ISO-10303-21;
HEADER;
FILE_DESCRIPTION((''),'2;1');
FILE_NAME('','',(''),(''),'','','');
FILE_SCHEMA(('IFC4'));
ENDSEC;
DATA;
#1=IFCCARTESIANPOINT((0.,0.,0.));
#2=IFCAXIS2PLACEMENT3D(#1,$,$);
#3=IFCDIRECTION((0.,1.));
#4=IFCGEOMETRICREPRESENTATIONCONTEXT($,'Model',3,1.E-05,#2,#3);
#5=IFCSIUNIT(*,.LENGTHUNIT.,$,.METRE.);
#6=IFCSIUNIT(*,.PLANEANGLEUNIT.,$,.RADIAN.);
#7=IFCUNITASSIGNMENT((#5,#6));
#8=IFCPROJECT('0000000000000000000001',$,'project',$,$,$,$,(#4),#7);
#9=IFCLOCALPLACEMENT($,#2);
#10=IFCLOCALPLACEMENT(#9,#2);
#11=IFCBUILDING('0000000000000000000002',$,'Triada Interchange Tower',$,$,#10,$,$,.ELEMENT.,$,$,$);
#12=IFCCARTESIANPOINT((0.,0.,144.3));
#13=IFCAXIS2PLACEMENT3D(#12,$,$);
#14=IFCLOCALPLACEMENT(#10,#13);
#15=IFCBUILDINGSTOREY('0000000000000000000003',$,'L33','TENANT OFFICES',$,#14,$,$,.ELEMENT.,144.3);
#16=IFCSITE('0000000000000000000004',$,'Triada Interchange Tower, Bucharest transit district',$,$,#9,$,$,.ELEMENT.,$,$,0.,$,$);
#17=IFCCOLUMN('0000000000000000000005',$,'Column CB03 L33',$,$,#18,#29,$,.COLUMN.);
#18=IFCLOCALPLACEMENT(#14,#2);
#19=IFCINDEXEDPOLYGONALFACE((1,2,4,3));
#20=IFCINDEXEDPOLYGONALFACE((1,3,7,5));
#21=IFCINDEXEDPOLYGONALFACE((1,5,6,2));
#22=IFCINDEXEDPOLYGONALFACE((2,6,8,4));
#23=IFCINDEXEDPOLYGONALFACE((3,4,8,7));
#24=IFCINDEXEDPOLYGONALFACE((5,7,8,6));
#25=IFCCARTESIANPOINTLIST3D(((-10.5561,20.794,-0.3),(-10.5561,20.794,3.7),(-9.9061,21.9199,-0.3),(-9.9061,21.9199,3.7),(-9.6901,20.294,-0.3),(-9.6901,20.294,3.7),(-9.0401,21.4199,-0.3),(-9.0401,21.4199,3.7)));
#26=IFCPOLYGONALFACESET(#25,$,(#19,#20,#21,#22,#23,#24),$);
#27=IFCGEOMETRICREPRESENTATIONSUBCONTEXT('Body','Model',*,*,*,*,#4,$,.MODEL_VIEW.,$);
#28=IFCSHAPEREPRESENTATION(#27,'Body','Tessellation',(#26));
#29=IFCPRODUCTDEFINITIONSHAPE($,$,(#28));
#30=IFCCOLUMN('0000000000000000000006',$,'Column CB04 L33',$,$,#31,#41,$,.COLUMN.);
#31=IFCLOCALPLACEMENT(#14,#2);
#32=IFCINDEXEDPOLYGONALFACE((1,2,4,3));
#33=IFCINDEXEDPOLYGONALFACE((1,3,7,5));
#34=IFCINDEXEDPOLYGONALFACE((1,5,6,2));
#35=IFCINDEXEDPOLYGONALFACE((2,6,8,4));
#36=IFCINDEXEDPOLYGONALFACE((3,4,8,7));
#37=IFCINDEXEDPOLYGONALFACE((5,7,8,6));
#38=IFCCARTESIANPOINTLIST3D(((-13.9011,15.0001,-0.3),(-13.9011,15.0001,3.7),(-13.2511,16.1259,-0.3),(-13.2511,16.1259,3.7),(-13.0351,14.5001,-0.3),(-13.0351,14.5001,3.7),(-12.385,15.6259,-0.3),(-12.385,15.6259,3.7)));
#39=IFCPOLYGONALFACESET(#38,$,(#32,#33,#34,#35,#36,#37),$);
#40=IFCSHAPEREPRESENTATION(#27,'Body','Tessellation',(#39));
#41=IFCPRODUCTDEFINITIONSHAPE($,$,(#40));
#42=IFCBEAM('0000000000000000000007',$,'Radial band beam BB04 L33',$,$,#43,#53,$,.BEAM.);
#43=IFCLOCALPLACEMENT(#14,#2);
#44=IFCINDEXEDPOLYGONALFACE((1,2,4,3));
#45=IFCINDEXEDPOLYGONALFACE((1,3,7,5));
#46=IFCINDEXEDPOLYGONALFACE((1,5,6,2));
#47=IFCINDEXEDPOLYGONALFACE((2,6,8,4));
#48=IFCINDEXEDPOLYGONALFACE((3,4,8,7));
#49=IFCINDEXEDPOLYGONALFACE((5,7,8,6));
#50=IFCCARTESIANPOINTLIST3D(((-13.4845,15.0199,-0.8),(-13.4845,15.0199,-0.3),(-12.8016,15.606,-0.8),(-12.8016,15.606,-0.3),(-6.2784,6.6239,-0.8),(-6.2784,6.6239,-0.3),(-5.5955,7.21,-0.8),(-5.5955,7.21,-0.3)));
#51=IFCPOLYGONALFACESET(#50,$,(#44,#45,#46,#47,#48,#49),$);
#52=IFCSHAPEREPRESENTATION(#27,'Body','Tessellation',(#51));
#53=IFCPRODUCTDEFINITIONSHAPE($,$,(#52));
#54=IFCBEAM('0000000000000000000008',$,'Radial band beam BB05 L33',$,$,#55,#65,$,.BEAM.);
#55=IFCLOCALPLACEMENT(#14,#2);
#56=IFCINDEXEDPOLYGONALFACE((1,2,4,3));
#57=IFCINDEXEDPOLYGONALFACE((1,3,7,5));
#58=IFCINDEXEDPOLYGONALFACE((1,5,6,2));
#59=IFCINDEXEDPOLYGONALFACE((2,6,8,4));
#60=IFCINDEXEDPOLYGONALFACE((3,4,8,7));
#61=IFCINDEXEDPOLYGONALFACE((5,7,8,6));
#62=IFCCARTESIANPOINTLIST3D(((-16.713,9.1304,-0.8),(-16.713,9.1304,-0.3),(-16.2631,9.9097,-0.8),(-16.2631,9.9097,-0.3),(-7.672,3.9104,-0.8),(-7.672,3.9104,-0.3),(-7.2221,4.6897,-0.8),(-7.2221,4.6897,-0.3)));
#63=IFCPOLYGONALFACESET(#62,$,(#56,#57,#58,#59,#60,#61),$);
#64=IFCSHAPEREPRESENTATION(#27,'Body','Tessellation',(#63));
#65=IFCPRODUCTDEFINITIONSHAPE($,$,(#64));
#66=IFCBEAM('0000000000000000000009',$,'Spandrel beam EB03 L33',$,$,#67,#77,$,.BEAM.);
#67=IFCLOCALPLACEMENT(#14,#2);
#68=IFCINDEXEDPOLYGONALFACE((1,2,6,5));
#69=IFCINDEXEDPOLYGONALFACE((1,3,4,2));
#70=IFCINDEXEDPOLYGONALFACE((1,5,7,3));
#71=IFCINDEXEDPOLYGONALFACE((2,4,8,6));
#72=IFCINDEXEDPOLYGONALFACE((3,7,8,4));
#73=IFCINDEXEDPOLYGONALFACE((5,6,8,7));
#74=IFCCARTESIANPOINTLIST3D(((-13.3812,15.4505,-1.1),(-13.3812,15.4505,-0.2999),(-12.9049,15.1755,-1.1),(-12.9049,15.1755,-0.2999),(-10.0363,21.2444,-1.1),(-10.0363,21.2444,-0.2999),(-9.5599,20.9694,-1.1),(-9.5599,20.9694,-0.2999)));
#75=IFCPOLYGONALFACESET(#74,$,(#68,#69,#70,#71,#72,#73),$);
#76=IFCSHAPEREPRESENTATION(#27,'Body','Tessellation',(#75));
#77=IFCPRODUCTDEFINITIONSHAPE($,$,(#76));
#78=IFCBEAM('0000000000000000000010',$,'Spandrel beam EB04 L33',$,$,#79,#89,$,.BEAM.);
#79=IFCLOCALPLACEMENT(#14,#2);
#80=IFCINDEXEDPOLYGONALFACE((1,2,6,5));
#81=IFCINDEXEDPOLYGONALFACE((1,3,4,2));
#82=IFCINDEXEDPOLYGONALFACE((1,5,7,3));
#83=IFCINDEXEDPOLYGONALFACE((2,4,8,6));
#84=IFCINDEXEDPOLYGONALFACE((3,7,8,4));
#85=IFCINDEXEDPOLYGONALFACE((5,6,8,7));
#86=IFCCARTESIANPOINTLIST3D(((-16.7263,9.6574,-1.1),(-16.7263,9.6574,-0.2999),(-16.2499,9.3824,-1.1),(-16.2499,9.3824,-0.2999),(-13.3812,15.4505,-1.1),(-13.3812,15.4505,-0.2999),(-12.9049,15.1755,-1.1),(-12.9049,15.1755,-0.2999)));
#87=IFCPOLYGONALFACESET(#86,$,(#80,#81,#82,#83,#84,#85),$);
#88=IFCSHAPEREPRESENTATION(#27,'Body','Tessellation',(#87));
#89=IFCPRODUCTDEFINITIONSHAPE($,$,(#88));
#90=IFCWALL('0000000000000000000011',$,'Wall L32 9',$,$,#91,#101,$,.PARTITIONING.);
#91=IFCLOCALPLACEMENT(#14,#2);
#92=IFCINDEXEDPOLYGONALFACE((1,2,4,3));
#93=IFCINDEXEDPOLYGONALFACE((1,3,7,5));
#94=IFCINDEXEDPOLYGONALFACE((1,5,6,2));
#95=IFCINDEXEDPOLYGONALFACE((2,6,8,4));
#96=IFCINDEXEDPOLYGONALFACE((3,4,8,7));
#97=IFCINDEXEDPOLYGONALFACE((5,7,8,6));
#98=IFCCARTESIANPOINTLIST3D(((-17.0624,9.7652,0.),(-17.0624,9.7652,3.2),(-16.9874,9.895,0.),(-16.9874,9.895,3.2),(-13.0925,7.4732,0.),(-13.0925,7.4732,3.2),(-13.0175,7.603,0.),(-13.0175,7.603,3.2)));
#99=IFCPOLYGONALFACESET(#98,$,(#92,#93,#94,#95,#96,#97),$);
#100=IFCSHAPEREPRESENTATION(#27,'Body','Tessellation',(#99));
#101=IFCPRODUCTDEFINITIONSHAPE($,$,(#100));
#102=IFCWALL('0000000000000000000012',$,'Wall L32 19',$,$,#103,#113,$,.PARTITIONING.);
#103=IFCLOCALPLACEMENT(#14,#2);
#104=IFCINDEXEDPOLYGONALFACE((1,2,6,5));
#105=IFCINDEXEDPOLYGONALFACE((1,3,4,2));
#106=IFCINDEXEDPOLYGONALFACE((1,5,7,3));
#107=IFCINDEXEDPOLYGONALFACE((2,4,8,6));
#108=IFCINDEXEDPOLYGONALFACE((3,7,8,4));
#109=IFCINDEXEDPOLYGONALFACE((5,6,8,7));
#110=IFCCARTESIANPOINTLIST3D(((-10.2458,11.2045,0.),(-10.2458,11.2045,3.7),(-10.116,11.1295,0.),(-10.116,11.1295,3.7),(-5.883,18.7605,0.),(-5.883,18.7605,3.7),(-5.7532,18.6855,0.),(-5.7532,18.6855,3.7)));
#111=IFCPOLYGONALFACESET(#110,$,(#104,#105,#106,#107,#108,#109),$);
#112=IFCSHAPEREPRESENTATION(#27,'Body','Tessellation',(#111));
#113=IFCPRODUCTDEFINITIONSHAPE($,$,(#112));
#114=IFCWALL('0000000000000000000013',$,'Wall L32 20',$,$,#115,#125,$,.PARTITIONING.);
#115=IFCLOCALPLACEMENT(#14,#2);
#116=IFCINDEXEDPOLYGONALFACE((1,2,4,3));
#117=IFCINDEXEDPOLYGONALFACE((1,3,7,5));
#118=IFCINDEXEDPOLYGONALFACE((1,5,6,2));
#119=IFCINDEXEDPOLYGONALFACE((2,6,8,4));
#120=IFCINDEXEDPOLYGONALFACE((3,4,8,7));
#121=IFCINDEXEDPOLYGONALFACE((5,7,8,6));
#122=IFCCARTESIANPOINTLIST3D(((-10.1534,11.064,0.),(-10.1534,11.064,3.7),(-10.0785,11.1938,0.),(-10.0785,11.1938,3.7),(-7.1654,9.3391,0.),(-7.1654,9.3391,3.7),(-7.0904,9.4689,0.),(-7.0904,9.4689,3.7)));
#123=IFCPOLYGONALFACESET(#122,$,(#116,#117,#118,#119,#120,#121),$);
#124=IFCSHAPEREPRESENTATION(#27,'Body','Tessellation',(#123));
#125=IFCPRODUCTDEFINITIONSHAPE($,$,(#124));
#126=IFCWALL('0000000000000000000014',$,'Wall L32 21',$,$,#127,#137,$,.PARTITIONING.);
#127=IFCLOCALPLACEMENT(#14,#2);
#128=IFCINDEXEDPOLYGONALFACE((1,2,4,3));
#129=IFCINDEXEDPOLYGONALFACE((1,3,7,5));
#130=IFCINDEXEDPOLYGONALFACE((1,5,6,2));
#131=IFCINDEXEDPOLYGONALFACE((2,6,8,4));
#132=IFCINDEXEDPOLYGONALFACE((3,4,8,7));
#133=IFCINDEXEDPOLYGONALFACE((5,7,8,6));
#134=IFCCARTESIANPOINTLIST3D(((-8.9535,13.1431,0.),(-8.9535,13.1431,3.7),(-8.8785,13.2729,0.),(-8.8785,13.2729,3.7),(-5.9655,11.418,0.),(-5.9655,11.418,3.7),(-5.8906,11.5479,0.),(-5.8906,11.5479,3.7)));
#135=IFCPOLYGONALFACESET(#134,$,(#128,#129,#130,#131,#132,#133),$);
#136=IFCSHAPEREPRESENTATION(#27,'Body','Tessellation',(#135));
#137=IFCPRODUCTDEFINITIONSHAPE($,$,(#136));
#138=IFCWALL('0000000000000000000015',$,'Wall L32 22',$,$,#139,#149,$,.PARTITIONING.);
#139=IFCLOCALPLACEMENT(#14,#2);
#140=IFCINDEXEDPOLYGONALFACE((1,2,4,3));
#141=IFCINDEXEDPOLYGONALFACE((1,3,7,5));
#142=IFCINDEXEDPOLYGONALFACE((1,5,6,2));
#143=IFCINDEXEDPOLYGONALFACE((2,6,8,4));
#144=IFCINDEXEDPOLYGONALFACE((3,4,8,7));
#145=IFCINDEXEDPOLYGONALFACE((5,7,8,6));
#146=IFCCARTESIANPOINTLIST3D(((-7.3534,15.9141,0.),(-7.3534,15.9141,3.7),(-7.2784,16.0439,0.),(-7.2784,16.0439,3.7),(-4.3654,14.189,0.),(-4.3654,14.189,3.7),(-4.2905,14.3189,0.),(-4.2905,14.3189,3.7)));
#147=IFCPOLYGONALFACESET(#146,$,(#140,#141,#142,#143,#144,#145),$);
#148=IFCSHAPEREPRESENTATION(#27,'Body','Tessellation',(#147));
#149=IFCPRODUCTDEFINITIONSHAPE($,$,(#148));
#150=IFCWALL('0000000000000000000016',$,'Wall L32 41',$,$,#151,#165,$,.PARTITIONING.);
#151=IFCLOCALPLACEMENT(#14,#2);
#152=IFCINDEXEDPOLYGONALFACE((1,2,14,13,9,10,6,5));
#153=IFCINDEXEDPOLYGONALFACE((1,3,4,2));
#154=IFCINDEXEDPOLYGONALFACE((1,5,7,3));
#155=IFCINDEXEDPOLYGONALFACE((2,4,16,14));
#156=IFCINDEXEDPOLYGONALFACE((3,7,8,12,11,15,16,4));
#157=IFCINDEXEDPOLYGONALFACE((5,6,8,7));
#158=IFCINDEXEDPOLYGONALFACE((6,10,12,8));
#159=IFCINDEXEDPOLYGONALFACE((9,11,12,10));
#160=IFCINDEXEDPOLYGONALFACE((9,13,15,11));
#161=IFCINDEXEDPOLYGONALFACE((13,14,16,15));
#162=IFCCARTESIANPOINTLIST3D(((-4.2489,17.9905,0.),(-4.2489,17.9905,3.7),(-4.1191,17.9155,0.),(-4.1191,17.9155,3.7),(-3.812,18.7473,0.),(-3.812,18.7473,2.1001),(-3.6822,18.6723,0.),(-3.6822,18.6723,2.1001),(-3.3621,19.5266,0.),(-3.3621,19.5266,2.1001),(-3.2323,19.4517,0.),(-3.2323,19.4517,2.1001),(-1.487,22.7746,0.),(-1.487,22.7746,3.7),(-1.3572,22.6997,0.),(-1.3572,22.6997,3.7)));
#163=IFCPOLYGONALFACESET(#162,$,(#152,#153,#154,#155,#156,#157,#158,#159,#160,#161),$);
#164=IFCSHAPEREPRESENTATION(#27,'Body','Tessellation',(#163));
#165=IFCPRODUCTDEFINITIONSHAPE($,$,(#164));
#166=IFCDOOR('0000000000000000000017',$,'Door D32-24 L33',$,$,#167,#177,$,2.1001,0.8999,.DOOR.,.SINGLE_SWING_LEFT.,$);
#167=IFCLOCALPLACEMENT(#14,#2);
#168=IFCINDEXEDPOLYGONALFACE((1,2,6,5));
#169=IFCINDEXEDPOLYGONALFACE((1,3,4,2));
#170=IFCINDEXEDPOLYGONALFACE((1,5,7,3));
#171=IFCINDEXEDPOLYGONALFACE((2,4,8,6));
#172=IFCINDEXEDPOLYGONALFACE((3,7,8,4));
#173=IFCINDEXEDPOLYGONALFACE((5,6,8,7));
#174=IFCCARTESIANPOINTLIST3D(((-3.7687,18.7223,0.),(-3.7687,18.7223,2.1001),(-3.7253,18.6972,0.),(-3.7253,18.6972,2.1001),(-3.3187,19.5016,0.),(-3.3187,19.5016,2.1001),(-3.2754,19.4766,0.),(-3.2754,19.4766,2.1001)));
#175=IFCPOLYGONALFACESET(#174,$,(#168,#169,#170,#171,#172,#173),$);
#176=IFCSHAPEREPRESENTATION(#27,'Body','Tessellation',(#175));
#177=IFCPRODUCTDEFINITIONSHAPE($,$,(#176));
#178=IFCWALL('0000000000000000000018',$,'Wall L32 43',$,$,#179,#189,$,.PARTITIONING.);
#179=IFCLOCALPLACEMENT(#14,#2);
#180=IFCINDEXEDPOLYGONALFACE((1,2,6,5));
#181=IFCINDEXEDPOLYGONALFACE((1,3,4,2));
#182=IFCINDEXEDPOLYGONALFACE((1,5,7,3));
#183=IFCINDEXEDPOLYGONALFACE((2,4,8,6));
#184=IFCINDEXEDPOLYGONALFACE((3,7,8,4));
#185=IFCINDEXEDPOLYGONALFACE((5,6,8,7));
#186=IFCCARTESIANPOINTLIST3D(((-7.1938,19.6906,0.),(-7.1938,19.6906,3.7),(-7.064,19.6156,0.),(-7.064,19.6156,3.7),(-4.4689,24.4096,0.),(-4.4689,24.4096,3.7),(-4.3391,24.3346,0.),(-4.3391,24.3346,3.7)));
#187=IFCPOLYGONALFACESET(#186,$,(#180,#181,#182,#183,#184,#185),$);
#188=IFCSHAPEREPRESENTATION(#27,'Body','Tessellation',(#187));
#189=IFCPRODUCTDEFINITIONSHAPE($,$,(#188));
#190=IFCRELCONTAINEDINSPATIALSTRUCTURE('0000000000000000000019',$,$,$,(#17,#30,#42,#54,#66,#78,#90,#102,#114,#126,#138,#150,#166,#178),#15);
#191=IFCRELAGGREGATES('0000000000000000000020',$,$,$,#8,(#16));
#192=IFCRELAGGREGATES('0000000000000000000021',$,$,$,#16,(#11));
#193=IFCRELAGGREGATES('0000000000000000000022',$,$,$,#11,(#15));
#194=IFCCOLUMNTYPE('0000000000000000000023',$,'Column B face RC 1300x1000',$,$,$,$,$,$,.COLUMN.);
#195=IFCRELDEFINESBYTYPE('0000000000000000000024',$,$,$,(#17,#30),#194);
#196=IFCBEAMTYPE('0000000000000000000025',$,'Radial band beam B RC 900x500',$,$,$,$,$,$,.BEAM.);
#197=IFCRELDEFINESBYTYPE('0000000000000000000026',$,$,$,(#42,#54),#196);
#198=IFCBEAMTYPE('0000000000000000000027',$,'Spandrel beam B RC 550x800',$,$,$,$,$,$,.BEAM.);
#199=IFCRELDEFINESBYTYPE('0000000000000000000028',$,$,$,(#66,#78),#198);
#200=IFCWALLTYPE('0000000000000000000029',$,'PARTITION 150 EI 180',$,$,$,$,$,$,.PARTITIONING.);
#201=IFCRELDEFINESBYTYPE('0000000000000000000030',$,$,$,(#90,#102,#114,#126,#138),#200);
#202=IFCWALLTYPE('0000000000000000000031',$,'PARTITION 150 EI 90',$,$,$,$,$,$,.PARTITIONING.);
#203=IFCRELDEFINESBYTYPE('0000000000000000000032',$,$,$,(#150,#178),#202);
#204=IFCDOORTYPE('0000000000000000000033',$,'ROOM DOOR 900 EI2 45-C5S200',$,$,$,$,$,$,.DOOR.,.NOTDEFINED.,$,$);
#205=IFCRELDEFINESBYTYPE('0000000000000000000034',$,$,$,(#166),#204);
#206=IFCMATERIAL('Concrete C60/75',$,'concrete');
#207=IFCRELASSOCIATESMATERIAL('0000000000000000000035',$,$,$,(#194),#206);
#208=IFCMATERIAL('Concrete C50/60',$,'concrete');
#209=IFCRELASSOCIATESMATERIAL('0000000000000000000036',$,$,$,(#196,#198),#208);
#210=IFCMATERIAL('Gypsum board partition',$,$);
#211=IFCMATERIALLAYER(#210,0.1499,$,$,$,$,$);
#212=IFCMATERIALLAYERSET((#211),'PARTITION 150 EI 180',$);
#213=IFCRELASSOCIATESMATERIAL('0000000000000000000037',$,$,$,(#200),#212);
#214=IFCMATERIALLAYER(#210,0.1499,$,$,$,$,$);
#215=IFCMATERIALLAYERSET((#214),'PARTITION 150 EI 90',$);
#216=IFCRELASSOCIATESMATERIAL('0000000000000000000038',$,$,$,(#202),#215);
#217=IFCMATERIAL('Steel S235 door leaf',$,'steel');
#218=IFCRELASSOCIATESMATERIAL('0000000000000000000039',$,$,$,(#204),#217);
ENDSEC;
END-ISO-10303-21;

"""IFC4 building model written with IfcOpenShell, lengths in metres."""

from ifc_helpers import new_model, si_unit, direction, frame, frame_2d, origin, origin_2d, place, context, subcontext, project, spatial, rectangle, extrude, material, layer, layer_set, material_profile, profile_set, type_object, element, fill, save


model = new_model("IFC4")

# Units and contexts
model_context = context("Model", 3, precision=1e-05, world=origin(), true_north=direction((0.0, 1.0)))
body_context = subcontext(model_context, "Body", "Model", "MODEL_VIEW")
ifc_project = project(units=[si_unit("LENGTHUNIT", "METRE"), si_unit("PLANEANGLEUNIT", "RADIAN")], contexts=[model_context])

# Site, building, storey
site_placement = place(None, origin())
site = spatial("IfcSite", under=ifc_project, at=site_placement, Name="Triada Interchange Tower, Bucharest transit district", CompositionType="ELEMENT", RefElevation=0.0)
building_placement = place(site_placement, origin())
building = spatial("IfcBuilding", under=site, at=building_placement, Name="Triada Interchange Tower", CompositionType="ELEMENT")
storey_placement = place(building_placement, frame((0.0, 0.0, 144.3)))
storey = spatial("IfcBuildingStorey", under=building, at=storey_placement, Name="L33", Description="TENANT OFFICES", CompositionType="ELEMENT", Elevation=144.3)

# Columns
ifc_material_1 = material(Name="Concrete C60/75", Category="concrete")
ifc_material_profile_1 = material_profile(ifc_material_1, rectangle(XDim=1.3, YDim=1.0, at=origin_2d()), Name="RC 1300x1000")
ifc_profile_set_1 = profile_set([ifc_material_profile_1], Name="Concrete C60/75")
column_type = type_object("IfcColumnType", Name="Column B face RC 1300x1000", PredefinedType="COLUMN", material=ifc_profile_set_1)
for number, where, z_axis, x_axis, name in (
    (1, (-9.7981, 21.1069, -0.3), (0.0, 0.0, 1.0), (0.5, 0.866025, 0.0), "Column CB03 L33"),
    (2, (-13.1431, 15.313, -0.3), (0.0, 0.0, 1.0), (0.5, 0.866025, 0.0), "Column CB04 L33"),
):
    element("IfcColumn", number, at=place(storey_placement, frame(where, z_axis=z_axis, x_axis=x_axis)), inside=storey, type_object=column_type, Name=name, PredefinedType="COLUMN", context=body_context, shape_type="SweptSolid", body=[
        extrude(rectangle(XDim=1.3, YDim=1.0, at=origin_2d()), origin(), (0.0, 0.0, 1.0), 4.0),
    ])

# Beams
ifc_material_2 = material(Name="Concrete C50/60", Category="concrete")
ifc_material_profile_2 = material_profile(ifc_material_2, rectangle(XDim=0.8999, YDim=0.5, at=origin_2d()), Name="RC 900x500")
ifc_profile_set_2 = profile_set([ifc_material_profile_2], Name="Concrete C50/60")
beam_type_1 = type_object("IfcBeamType", Name="Radial band beam B RC 900x500", PredefinedType="BEAM", material=ifc_profile_set_2)
beam_1_placement = place(storey_placement, frame((-13.1431, 15.313, -0.55), z_axis=(0.651286, -0.758833, 0.0), x_axis=(0.758833, 0.651286, 0.0)))
element("IfcBeam", 3, at=beam_1_placement, inside=storey, type_object=beam_type_1, Name="Radial band beam BB04 L33", PredefinedType="BEAM", context=body_context, shape_type="SweptSolid", body=[
    extrude(rectangle(XDim=0.8999, YDim=0.5, at=origin_2d()), origin(), (0.0, 0.0, 1.0), 11.0645),
])
beam_2_placement = place(storey_placement, frame((-16.488, 9.52, -0.55), z_axis=(0.86602, -0.50001, 0.0), x_axis=(0.50001, 0.86602, 0.0)))
element("IfcBeam", 4, at=beam_2_placement, inside=storey, type_object=beam_type_1, Name="Radial band beam BB05 L33", PredefinedType="BEAM", context=body_context, shape_type="SweptSolid", body=[
    extrude(rectangle(XDim=0.8999, YDim=0.5, at=origin_2d()), origin(), (0.0, 0.0, 1.0), 10.4397),
])
ifc_material_profile_3 = material_profile(ifc_material_2, rectangle(XDim=0.55, YDim=0.8, at=origin_2d()), Name="RC 550x800")
ifc_profile_set_3 = profile_set([ifc_material_profile_3], Name="Concrete C50/60")
beam_type_2 = type_object("IfcBeamType", Name="Spandrel beam B RC 550x800", PredefinedType="BEAM", material=ifc_profile_set_3)
beam_3_placement = place(storey_placement, frame((-9.7981, 21.1069, -0.7), z_axis=(-0.499981, -0.866036, 0.0), x_axis=(0.866036, -0.499981, 0.0)))
element("IfcBeam", 5, at=beam_3_placement, inside=storey, type_object=beam_type_2, Name="Spandrel beam EB03 L33", PredefinedType="BEAM", context=body_context, shape_type="SweptSolid", body=[
    extrude(rectangle(XDim=0.55, YDim=0.8, at=origin_2d()), origin(), (0.0, 0.0, 1.0), 6.6902),
])
beam_4_placement = place(storey_placement, frame((-13.1431, 15.313, -0.7), z_axis=(-0.500045, -0.866, 0.0), x_axis=(0.866, -0.500045, 0.0)))
element("IfcBeam", 6, at=beam_4_placement, inside=storey, type_object=beam_type_2, Name="Spandrel beam EB04 L33", PredefinedType="BEAM", context=body_context, shape_type="SweptSolid", body=[
    extrude(rectangle(XDim=0.55, YDim=0.8, at=origin_2d()), origin(), (0.0, 0.0, 1.0), 6.6895),
])

# Shared definitions
ifc_material_3 = material(Name="Steel S235 door leaf", Category="steel")

# Walls
ifc_material_4 = material(Name="Gypsum board partition")
ifc_layer_1 = layer(ifc_material_4, 0.1499)
ifc_layer_set_1 = layer_set([ifc_layer_1], Name="PARTITION 150 EI 180")
wall_type_1 = type_object("IfcWallType", Name="PARTITION 150 EI 180", PredefinedType="PARTITIONING", material=ifc_layer_set_1)
wall_1_placement = place(storey_placement, frame((-17.0249, 9.8301, 0.0), z_axis=(0.0, 0.0, 1.0), x_axis=(0.866032, -0.499988, 0.0)))
element("IfcWall", 7, at=wall_1_placement, inside=storey, type_object=wall_type_1, Name="Wall L32 9", PredefinedType="PARTITIONING", context=body_context, shape_type="SweptSolid", body=[
    extrude(rectangle(XDim=4.584, YDim=0.1499, at=frame_2d((2.292, 0.0))), origin(), (0.0, 0.0, 1.0), 3.2),
])
wall_2_placement = place(storey_placement, frame((-10.1809, 11.167, 0.0), z_axis=(0.0, 0.0, 1.0), x_axis=(0.500033, 0.866006, 0.0)))
element("IfcWall", 8, at=wall_2_placement, inside=storey, type_object=wall_type_1, Name="Wall L32 19", PredefinedType="PARTITIONING", context=body_context, shape_type="SweptSolid", body=[
    extrude(rectangle(XDim=8.7251, YDim=0.1499, at=frame_2d((4.3625, 0.0))), origin(), (0.0, 0.0, 1.0), 3.7),
])
for number, where, z_axis, x_axis, name in (
    (9, (-10.116, 11.1289, 0.0), (0.0, 0.0, 1.0), (0.866062, -0.499937, 0.0), "Wall L32 20"),
    (10, (-8.916, 13.208, 0.0), (0.0, 0.0, 1.0), (0.866031, -0.49999, 0.0), "Wall L32 21"),
    (11, (-7.3159, 15.979, 0.0), (0.0, 0.0, 1.0), (0.866031, -0.49999, 0.0), "Wall L32 22"),
):
    element("IfcWall", number, at=place(storey_placement, frame(where, z_axis=z_axis, x_axis=x_axis)), inside=storey, type_object=wall_type_1, Name=name, PredefinedType="PARTITIONING", context=body_context, shape_type="SweptSolid", body=[
        extrude(rectangle(XDim=3.4502, YDim=0.1499, at=frame_2d((1.7251, 0.0))), origin(), (0.0, 0.0, 1.0), 3.7),
    ])

# Wall, opening, door
ifc_layer_2 = layer(ifc_material_4, 0.1499)
ifc_layer_set_2 = layer_set([ifc_layer_2], Name="PARTITION 150 EI 90")
wall_type_2 = type_object("IfcWallType", Name="PARTITION 150 EI 90", PredefinedType="PARTITIONING", material=ifc_layer_set_2)
wall_3_placement = place(storey_placement, frame((-4.1841, 17.9529, 0.0), z_axis=(0.0, 0.0, 1.0), x_axis=(0.499975, 0.86604, 0.0)))
wall_3 = element("IfcWall", 12, at=wall_3_placement, inside=storey, type_object=wall_type_2, Name="Wall L32 41", PredefinedType="PARTITIONING", context=body_context, shape_type="SweptSolid", body=[
    extrude(rectangle(XDim=5.5242, YDim=0.1499, at=frame_2d((2.7622, 0.0))), origin(), (0.0, 0.0, 1.0), 3.7),
])
opening_1_placement = place(wall_3_placement, frame((0.874, 0.0, 0.0)))
opening_1 = element("IfcOpeningElement", 13, at=opening_1_placement, cuts=wall_3, PredefinedType="OPENING", context=body_context, shape_type="SweptSolid", body=[
    extrude(rectangle(XDim=0.8999, YDim=2.1001, at=frame_2d((0.45, 1.05))), frame((0.0, 0.085, 0.0), z_axis=(0.0, -1.0, 0.0), x_axis=(1.0, 0.0, 0.0)), (0.0, 0.0, 1.0), 0.1699),
])
door_type_1 = type_object("IfcDoorType", Name="ROOM DOOR 900 EI2 45-C5S200", OperationType="NOTDEFINED", PredefinedType="DOOR", material=ifc_material_3)
door_1_placement = place(opening_1_placement, origin())
door_1 = element("IfcDoor", 14, at=door_1_placement, inside=storey, type_object=door_type_1, Name="Door D32-24 L33", OperationType="SINGLE_SWING_LEFT", OverallHeight=2.1001, OverallWidth=0.8999, PredefinedType="DOOR", context=body_context, shape_type="SweptSolid", body=[
    extrude(rectangle(XDim=0.8999, YDim=2.1001, at=frame_2d((0.45, 1.05))), frame((0.0, 0.0249, 0.0), z_axis=(0.0, -1.0, 0.0), x_axis=(1.0, 0.0, 0.0)), (0.0, 0.0, 1.0), 0.05),
])
fill(opening_1, door_1)

# Wall
wall_4_placement = place(storey_placement, frame((-7.1289, 19.6531, 0.0), z_axis=(0.0, 0.0, 1.0), x_axis=(0.500047, 0.865998, 0.0)))
element("IfcWall", 15, at=wall_4_placement, inside=storey, type_object=wall_type_2, Name="Wall L32 43", PredefinedType="PARTITIONING", context=body_context, shape_type="SweptSolid", body=[
    extrude(rectangle(XDim=5.4492, YDim=0.1499, at=frame_2d((2.7246, 0.0))), origin(), (0.0, 0.0, 1.0), 3.7),
])

save(model, "model.ifc")
